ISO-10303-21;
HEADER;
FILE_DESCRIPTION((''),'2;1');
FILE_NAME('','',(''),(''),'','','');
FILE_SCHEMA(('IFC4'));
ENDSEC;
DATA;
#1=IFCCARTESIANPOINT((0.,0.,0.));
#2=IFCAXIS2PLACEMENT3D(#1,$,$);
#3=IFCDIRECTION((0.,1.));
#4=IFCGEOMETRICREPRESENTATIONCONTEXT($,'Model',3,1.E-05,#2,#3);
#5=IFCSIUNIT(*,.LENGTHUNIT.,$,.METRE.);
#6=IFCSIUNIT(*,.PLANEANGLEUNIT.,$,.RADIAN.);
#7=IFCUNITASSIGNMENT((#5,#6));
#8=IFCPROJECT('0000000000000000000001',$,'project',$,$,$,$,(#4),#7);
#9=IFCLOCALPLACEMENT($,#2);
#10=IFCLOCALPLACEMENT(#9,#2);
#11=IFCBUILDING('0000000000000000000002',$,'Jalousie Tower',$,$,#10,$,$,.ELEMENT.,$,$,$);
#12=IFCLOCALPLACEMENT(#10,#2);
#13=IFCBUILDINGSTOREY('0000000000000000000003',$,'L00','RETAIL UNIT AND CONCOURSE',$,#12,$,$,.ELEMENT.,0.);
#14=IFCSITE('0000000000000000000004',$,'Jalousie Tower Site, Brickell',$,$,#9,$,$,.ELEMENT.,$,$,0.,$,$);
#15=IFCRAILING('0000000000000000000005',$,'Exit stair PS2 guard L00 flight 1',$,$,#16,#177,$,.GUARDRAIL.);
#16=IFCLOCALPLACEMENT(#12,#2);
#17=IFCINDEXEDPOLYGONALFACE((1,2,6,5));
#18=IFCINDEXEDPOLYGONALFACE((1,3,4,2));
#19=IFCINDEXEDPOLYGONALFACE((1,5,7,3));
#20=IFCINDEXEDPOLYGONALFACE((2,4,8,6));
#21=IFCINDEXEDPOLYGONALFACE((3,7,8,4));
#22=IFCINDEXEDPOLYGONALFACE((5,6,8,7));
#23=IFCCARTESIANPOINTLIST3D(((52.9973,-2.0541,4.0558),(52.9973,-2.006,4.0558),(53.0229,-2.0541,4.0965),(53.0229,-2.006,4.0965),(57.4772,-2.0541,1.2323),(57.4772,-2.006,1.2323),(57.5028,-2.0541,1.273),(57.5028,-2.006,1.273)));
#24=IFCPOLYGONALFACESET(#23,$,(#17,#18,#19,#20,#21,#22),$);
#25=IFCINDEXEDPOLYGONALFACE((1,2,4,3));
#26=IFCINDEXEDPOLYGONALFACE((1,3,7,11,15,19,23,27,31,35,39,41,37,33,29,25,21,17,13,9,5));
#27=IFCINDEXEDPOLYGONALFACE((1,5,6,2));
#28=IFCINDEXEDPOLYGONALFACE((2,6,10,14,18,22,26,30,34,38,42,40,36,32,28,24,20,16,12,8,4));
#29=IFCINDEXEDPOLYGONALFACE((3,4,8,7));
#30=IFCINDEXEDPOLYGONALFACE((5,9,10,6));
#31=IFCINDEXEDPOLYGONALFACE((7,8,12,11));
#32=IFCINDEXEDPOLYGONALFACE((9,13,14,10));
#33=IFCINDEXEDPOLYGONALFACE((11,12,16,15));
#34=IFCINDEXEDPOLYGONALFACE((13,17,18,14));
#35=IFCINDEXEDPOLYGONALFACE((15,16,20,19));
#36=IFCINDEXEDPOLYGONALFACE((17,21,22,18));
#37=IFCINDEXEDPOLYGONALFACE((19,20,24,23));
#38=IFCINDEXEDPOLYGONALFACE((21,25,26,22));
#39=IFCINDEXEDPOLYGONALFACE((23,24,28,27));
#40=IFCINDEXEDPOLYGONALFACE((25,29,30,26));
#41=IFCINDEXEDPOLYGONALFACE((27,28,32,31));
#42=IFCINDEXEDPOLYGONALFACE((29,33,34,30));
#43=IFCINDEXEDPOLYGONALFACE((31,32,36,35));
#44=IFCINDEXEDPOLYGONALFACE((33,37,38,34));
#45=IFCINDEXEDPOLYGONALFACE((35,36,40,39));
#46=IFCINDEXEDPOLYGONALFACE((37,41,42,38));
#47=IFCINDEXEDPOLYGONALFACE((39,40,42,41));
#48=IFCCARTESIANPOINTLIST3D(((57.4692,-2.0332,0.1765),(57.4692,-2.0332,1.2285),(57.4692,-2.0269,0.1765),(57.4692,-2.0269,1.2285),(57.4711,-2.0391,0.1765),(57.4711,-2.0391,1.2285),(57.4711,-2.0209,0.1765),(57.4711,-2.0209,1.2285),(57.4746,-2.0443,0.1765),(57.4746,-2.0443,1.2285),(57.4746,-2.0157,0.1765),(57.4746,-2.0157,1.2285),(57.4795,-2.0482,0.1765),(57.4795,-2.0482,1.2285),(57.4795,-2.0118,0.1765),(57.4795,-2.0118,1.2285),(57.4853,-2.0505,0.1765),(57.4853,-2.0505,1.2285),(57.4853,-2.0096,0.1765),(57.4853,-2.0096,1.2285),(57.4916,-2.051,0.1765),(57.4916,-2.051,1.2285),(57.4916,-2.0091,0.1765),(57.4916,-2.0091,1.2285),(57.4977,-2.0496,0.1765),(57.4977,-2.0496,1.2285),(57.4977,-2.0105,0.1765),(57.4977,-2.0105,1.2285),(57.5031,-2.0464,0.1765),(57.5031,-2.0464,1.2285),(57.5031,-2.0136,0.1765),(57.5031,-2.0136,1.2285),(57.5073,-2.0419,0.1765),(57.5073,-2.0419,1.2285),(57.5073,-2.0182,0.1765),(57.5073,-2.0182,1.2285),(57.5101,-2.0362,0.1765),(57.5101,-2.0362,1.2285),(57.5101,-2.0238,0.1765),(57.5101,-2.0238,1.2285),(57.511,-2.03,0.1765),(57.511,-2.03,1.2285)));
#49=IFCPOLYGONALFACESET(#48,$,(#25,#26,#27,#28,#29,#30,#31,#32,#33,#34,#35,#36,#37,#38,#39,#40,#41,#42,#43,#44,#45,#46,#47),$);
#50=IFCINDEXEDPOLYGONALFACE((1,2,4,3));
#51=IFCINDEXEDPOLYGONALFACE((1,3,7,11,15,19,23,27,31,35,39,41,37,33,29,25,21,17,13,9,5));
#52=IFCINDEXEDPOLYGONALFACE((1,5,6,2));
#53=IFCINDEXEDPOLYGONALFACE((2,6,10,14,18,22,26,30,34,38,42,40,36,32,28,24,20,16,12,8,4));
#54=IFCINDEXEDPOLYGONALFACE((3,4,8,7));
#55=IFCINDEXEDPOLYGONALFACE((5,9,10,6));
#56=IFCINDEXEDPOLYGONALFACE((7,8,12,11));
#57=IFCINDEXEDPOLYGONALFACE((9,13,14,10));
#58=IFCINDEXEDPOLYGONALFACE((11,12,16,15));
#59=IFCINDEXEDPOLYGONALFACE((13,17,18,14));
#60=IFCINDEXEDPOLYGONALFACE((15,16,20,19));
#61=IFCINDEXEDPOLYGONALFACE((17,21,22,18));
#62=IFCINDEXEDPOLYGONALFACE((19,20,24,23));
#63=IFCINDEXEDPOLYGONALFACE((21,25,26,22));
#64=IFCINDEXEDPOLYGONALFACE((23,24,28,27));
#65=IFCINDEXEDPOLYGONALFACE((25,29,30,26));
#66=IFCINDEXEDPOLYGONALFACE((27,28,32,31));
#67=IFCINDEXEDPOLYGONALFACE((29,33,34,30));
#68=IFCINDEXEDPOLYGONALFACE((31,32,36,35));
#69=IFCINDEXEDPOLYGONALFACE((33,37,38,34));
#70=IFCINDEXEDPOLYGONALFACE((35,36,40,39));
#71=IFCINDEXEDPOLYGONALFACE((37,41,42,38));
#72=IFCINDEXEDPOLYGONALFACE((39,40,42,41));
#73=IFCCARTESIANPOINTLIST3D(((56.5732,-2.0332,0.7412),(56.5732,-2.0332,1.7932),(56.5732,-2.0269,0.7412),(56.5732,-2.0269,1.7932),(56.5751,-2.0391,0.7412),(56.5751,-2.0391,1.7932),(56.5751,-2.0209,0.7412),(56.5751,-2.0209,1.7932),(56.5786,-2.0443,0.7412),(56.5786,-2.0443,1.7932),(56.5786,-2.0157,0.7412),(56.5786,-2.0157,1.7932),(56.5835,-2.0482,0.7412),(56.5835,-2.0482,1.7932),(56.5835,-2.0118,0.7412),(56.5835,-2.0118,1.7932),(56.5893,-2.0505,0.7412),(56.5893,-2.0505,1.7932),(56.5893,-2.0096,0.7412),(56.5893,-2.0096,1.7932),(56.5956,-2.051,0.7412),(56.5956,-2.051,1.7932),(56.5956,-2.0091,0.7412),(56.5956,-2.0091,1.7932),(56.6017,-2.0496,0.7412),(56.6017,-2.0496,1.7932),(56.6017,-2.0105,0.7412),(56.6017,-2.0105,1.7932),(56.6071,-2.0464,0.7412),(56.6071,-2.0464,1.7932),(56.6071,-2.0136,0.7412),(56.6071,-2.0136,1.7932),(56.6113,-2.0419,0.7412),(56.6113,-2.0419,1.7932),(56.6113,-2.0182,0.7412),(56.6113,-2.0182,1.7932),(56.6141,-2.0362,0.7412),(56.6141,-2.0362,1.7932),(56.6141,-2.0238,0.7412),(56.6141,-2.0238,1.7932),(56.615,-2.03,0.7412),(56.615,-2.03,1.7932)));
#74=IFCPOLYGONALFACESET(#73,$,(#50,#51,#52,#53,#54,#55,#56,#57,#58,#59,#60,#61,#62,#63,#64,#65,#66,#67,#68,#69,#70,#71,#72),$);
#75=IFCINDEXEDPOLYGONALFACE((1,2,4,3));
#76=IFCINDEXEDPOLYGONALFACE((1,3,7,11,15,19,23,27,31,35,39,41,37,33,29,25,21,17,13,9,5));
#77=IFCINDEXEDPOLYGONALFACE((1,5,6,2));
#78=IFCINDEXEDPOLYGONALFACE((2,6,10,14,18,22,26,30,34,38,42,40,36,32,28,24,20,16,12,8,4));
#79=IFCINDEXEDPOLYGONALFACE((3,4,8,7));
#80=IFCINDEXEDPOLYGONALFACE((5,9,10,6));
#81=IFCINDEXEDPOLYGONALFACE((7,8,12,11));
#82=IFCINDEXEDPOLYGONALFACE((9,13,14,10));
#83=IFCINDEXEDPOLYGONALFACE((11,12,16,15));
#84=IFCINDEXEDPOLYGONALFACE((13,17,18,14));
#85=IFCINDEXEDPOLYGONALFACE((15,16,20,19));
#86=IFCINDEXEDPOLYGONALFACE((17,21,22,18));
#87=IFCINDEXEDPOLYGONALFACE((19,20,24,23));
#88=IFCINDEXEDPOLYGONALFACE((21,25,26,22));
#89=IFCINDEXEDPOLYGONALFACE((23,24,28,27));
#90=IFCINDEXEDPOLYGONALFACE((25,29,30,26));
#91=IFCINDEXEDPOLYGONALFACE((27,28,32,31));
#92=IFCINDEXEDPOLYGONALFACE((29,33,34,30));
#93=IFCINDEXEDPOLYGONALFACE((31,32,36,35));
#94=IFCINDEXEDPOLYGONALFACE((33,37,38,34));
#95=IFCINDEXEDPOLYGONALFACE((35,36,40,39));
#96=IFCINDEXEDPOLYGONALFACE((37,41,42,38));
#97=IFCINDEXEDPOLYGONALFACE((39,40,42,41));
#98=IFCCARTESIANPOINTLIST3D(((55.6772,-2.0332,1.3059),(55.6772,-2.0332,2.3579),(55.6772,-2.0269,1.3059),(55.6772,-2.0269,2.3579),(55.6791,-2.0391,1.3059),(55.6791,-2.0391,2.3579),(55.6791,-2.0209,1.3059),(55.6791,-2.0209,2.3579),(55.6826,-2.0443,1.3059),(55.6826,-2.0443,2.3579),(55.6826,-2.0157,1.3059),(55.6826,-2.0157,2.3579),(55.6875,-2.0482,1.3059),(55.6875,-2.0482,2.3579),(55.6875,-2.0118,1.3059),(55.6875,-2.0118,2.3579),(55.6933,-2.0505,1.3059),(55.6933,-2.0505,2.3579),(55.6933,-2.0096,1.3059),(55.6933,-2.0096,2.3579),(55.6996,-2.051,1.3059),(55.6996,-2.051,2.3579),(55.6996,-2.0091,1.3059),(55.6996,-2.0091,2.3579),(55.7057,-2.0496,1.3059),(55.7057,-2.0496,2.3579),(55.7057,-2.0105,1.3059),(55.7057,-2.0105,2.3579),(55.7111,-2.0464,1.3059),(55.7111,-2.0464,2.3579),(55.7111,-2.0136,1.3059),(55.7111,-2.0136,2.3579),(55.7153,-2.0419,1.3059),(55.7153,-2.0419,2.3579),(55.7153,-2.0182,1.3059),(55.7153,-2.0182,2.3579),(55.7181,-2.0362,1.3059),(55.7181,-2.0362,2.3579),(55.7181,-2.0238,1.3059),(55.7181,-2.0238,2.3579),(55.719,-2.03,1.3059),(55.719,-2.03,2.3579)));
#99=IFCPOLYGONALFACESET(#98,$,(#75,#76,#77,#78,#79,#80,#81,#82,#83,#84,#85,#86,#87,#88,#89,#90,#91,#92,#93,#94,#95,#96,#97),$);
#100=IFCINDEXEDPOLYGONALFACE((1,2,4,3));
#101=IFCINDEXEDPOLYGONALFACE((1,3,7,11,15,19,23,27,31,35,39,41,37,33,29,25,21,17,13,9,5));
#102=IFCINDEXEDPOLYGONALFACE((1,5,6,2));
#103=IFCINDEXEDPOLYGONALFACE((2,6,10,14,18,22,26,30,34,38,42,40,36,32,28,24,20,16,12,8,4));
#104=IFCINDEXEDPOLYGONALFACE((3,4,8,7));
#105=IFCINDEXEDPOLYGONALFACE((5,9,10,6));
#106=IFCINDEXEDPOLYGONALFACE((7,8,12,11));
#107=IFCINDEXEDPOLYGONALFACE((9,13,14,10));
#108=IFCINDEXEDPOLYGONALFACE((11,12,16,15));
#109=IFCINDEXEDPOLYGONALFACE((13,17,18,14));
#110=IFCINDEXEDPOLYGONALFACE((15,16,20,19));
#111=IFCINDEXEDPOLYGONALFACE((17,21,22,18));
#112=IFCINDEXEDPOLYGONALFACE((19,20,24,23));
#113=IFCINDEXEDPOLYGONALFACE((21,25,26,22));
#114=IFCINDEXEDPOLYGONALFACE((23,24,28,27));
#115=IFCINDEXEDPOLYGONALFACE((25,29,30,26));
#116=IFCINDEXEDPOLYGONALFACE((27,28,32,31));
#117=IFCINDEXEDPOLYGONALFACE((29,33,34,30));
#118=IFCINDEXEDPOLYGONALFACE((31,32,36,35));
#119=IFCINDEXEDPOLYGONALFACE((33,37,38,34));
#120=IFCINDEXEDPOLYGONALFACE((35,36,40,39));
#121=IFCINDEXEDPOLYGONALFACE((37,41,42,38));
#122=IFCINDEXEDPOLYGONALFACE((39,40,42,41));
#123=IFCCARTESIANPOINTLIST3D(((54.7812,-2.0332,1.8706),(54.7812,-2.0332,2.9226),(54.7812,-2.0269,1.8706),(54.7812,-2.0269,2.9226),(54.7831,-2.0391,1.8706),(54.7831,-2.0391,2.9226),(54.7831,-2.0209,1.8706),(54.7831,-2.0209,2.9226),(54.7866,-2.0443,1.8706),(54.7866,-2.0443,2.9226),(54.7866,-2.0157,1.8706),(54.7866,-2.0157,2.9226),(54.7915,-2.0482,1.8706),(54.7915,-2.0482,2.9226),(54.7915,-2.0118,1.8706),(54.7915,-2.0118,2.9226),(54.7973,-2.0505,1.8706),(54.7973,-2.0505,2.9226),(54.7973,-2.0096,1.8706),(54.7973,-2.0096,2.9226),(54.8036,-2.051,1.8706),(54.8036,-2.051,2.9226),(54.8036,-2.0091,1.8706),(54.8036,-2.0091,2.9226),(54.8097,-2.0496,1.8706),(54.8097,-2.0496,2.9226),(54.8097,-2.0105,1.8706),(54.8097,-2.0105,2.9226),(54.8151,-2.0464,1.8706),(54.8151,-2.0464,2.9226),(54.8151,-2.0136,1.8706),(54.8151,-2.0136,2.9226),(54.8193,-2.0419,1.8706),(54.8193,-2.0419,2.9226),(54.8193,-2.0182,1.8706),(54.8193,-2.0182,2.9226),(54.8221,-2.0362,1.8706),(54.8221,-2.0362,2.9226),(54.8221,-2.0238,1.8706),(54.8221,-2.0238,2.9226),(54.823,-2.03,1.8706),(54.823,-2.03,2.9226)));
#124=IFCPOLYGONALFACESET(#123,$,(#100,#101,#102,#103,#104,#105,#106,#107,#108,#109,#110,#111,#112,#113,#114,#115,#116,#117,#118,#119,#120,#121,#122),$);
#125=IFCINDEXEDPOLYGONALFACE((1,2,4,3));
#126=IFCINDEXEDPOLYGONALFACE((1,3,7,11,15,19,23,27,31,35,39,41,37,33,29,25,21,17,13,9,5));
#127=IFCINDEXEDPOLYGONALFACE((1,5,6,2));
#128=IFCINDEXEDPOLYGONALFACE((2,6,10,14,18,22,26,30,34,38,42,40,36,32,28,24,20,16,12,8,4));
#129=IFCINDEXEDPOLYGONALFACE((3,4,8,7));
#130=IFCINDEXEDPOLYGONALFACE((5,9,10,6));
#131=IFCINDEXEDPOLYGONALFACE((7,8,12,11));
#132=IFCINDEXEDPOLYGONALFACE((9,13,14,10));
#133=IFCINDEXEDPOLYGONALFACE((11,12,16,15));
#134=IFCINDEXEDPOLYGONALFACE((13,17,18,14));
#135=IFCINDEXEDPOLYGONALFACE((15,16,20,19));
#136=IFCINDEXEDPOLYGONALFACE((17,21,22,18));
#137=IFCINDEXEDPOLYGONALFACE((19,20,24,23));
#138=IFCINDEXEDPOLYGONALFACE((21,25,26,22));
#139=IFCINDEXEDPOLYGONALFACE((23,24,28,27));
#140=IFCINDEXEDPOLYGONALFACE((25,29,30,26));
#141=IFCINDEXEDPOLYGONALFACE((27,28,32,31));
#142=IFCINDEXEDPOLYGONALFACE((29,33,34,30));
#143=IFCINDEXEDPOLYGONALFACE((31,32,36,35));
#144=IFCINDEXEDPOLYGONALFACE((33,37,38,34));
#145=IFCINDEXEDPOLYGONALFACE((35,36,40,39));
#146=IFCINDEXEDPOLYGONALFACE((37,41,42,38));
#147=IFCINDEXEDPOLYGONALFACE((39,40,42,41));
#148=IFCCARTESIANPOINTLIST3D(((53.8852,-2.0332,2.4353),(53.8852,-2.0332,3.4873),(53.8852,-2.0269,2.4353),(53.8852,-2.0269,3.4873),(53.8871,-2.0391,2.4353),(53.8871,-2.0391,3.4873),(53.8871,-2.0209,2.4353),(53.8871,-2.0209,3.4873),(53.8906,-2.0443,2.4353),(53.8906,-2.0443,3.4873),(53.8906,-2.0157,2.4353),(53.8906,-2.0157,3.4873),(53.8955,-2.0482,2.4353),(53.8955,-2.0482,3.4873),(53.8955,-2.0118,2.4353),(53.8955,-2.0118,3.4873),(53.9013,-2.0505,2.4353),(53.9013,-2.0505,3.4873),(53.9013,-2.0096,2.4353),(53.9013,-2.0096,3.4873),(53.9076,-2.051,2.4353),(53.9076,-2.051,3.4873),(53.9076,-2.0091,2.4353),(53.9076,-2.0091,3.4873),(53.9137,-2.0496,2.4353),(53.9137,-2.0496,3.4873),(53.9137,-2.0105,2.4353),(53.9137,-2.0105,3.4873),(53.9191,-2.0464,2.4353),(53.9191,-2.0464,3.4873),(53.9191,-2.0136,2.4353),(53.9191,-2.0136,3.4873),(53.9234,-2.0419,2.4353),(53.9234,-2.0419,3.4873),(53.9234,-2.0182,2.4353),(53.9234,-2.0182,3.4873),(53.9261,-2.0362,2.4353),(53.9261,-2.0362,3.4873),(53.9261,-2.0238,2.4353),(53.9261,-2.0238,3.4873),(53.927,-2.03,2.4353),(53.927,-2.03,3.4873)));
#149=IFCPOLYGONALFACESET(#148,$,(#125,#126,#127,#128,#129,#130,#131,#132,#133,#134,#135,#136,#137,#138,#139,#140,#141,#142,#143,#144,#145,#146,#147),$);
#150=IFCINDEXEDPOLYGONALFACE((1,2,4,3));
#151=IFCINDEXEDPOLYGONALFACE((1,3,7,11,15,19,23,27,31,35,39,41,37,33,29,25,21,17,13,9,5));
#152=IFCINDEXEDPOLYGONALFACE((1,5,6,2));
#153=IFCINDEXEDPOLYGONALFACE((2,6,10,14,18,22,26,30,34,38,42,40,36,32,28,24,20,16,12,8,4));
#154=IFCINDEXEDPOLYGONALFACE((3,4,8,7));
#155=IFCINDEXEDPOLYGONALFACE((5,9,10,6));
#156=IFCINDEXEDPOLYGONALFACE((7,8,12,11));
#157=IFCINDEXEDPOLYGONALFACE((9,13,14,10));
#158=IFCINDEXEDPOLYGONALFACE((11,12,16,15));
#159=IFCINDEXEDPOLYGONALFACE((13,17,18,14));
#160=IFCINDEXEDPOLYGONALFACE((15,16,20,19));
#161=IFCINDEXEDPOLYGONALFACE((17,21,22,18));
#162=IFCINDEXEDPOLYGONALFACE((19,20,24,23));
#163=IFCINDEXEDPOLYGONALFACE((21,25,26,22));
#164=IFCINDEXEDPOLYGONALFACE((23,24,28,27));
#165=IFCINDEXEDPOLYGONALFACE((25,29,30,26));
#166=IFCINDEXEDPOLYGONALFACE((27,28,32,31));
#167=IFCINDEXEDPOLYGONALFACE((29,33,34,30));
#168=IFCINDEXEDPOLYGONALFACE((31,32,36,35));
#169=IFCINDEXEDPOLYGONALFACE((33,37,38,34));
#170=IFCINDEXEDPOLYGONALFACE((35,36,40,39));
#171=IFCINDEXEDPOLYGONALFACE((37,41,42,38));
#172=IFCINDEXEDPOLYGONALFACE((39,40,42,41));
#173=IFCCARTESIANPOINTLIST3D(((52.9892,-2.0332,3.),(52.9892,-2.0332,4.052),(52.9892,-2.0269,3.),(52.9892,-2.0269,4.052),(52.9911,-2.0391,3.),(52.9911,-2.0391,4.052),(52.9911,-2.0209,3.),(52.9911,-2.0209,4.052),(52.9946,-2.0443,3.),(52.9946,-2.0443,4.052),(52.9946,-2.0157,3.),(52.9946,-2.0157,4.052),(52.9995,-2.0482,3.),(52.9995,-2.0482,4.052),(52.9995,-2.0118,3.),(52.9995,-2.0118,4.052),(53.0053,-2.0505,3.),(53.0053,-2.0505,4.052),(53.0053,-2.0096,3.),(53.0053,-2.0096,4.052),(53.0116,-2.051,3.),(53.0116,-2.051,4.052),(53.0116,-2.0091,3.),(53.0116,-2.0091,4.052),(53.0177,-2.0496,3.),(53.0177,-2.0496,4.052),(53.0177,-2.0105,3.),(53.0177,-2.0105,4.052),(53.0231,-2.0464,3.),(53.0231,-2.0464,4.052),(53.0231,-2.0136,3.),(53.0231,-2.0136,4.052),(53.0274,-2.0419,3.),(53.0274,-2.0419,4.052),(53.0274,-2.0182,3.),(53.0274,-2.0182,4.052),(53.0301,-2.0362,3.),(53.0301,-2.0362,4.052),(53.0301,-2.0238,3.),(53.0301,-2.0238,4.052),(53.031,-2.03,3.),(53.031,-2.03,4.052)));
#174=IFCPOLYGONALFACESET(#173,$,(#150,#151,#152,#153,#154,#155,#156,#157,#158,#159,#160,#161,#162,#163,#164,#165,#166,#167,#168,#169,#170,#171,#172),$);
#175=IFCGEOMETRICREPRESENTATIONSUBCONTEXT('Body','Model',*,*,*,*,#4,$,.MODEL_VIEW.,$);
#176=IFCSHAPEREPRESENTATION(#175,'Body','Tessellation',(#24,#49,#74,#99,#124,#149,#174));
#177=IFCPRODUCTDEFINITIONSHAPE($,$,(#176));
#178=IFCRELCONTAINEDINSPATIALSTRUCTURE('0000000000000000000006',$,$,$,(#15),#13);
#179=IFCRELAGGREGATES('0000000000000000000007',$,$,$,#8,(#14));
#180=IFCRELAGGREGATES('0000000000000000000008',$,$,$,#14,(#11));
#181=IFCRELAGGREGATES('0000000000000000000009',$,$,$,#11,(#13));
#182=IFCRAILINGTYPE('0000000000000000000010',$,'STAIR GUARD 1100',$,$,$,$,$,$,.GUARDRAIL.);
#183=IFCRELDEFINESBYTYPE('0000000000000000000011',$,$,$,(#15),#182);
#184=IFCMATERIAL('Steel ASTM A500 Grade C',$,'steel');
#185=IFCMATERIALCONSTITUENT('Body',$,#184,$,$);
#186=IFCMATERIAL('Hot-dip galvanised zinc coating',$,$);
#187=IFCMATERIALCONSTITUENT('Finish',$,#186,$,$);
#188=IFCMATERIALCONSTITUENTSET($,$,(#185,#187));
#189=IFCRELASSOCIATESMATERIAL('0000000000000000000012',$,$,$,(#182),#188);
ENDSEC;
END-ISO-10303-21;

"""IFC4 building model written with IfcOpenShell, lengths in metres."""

from ifc_helpers import new_model, si_unit, direction, frame, origin, origin_2d, place, context, subcontext, project, spatial, rectangle, circle, extrude, material, constituent, constituent_set, type_object, element, save


model = new_model("IFC4")

# Units and contexts
model_context = context("Model", 3, precision=1e-05, world=origin(), true_north=direction((0.0, 1.0)))
body_context = subcontext(model_context, "Body", "Model", "MODEL_VIEW")
ifc_project = project(units=[si_unit("LENGTHUNIT", "METRE"), si_unit("PLANEANGLEUNIT", "RADIAN")], contexts=[model_context])

# Site, building, storey
site_placement = place(None, origin())
site = spatial("IfcSite", under=ifc_project, at=site_placement, Name="Jalousie Tower Site, Brickell", CompositionType="ELEMENT", RefElevation=0.0)
building_placement = place(site_placement, origin())
building = spatial("IfcBuilding", under=site, at=building_placement, Name="Jalousie Tower", CompositionType="ELEMENT")
storey_placement = place(building_placement, origin())
storey = spatial("IfcBuildingStorey", under=building, at=storey_placement, Name="L00", Description="RETAIL UNIT AND CONCOURSE", CompositionType="ELEMENT", Elevation=0.0)

# Railing
ifc_material_1 = material(Name="Steel ASTM A500 Grade C", Category="steel")
ifc_constituent_1 = constituent(ifc_material_1, Name="Body")
ifc_material_2 = material(Name="Hot-dip galvanised zinc coating")
ifc_constituent_2 = constituent(ifc_material_2, Name="Finish")
ifc_constituent_set_1 = constituent_set(constituents=[ifc_constituent_1, ifc_constituent_2])
railing_type_1 = type_object("IfcRailingType", Name="STAIR GUARD 1100", PredefinedType="GUARDRAIL", material=ifc_constituent_set_1)
railing_1_placement = place(storey_placement, frame((57.49, -2.03, 0.1765)))
element("IfcRailing", 1, at=railing_1_placement, inside=storey, type_object=railing_type_1, Name="Exit stair PS2 guard L00 flight 1", PredefinedType="GUARDRAIL", context=body_context, shape_type="SweptSolid", body=[
    extrude(rectangle(XDim=0.0481, YDim=0.0481, at=origin_2d()), frame((0.0, 0.0, 1.0762), z_axis=(-0.845998, 0.0, 0.533186), x_axis=(0.0, -1.0, 0.0)), (0.0, 0.0, 1.0), 5.2954),
    extrude(circle(Radius=0.021, at=origin_2d()), origin(), (0.0, 0.0, 1.0), 1.052),
    extrude(circle(Radius=0.021, at=origin_2d()), frame((-0.896, 0.0, 0.5647)), (0.0, 0.0, 1.0), 1.052),
    extrude(circle(Radius=0.021, at=origin_2d()), frame((-1.792, 0.0, 1.1294)), (0.0, 0.0, 1.0), 1.052),
    extrude(circle(Radius=0.021, at=origin_2d()), frame((-2.688, 0.0, 1.6941)), (0.0, 0.0, 1.0), 1.052),
    extrude(circle(Radius=0.021, at=origin_2d()), frame((-3.584, 0.0, 2.2588)), (0.0, 0.0, 1.0), 1.052),
    extrude(circle(Radius=0.021, at=origin_2d()), frame((-4.48, 0.0, 2.8235)), (0.0, 0.0, 1.0), 1.052),
])

save(model, "model.ifc")
